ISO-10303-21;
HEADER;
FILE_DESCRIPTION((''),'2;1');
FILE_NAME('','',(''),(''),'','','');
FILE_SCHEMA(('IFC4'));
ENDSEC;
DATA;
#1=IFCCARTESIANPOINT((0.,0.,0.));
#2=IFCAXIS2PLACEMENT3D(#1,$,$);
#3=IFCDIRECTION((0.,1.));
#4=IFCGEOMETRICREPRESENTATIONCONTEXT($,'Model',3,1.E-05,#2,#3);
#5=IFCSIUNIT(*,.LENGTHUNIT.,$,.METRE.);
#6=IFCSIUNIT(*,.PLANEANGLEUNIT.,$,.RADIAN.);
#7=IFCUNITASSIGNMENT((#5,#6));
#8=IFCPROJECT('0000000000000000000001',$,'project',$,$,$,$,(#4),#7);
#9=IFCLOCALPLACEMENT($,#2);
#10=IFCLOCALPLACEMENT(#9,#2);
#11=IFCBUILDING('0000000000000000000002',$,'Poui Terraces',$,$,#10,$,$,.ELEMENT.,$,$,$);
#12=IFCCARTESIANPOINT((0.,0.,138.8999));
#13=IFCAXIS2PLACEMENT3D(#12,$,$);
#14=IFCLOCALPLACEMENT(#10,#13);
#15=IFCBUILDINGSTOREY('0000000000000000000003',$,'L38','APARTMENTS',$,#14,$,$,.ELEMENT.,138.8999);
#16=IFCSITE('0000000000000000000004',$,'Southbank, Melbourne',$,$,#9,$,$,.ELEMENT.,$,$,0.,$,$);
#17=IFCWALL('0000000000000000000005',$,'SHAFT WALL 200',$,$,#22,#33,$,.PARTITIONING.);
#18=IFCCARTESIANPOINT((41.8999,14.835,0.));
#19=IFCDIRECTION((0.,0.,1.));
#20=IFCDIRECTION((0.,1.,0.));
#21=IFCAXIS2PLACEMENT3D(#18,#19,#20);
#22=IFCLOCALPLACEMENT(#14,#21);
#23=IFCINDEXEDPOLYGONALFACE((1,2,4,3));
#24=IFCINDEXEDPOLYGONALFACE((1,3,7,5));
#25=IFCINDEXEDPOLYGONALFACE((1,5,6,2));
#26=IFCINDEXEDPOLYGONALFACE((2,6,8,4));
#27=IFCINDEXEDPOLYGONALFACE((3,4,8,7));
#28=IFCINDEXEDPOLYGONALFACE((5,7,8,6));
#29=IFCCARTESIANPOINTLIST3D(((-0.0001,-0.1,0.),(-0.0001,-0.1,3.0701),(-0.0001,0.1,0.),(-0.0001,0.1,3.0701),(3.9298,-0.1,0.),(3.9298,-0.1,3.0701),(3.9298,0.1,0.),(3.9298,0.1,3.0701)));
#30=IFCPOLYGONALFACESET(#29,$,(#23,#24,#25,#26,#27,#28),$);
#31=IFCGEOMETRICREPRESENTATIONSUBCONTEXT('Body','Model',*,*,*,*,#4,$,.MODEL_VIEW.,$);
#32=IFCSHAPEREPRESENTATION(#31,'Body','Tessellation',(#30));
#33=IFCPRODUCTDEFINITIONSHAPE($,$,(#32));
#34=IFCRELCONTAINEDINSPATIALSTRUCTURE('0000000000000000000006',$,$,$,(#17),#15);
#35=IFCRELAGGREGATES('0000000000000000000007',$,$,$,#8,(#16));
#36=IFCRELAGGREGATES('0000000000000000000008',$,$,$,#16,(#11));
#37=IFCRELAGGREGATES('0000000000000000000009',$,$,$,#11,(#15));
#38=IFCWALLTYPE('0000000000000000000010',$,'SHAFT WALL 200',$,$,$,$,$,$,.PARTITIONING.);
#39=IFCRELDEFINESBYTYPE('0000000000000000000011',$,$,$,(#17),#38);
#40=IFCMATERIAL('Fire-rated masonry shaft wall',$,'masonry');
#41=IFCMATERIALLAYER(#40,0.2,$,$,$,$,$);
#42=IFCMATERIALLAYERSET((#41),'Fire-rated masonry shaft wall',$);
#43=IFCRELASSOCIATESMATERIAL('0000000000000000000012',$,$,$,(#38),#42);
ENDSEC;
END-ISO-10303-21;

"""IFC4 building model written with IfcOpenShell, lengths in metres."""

from ifc_helpers import new_model, si_unit, direction, frame, frame_2d, origin, place, context, subcontext, project, spatial, rectangle, extrude, material, layer, layer_set, type_object, element, save


model = new_model("IFC4")

# Units and contexts
model_context = context("Model", 3, precision=1e-05, world=origin(), true_north=direction((0.0, 1.0)))
body_context = subcontext(model_context, "Body", "Model", "MODEL_VIEW")
ifc_project = project(units=[si_unit("LENGTHUNIT", "METRE"), si_unit("PLANEANGLEUNIT", "RADIAN")], contexts=[model_context])

# Site, building, storey
site_placement = place(None, origin())
site = spatial("IfcSite", under=ifc_project, at=site_placement, Name="Southbank, Melbourne", CompositionType="ELEMENT", RefElevation=0.0)
building_placement = place(site_placement, origin())
building = spatial("IfcBuilding", under=site, at=building_placement, Name="Poui Terraces", CompositionType="ELEMENT")
storey_placement = place(building_placement, frame((0.0, 0.0, 138.8999)))
storey = spatial("IfcBuildingStorey", under=building, at=storey_placement, Name="L38", Description="APARTMENTS", CompositionType="ELEMENT", Elevation=138.8999)

# Shared definitions
ifc_material_1 = material(Name="Fire-rated masonry shaft wall", Category="masonry")
ifc_layer_1 = layer(ifc_material_1, 0.2)
ifc_layer_set_1 = layer_set([ifc_layer_1], Name="Fire-rated masonry shaft wall")
wall_type_1 = type_object("IfcWallType", Name="SHAFT WALL 200", PredefinedType="PARTITIONING", material=ifc_layer_set_1)

# Wall
wall_1_placement = place(storey_placement, frame((41.8999, 14.835, 0.0), z_axis=(0.0, 0.0, 1.0), x_axis=(0.0, 1.0, 0.0)))
element("IfcWall", 1, at=wall_1_placement, inside=storey, type_object=wall_type_1, Name="SHAFT WALL 200", PredefinedType="PARTITIONING", context=body_context, shape_type="SweptSolid", body=[
    extrude(rectangle(XDim=3.9299, YDim=0.2, at=frame_2d((1.9648, 0.0))), origin(), (0.0, 0.0, 1.0), 3.0701),
])

save(model, "model.ifc")
